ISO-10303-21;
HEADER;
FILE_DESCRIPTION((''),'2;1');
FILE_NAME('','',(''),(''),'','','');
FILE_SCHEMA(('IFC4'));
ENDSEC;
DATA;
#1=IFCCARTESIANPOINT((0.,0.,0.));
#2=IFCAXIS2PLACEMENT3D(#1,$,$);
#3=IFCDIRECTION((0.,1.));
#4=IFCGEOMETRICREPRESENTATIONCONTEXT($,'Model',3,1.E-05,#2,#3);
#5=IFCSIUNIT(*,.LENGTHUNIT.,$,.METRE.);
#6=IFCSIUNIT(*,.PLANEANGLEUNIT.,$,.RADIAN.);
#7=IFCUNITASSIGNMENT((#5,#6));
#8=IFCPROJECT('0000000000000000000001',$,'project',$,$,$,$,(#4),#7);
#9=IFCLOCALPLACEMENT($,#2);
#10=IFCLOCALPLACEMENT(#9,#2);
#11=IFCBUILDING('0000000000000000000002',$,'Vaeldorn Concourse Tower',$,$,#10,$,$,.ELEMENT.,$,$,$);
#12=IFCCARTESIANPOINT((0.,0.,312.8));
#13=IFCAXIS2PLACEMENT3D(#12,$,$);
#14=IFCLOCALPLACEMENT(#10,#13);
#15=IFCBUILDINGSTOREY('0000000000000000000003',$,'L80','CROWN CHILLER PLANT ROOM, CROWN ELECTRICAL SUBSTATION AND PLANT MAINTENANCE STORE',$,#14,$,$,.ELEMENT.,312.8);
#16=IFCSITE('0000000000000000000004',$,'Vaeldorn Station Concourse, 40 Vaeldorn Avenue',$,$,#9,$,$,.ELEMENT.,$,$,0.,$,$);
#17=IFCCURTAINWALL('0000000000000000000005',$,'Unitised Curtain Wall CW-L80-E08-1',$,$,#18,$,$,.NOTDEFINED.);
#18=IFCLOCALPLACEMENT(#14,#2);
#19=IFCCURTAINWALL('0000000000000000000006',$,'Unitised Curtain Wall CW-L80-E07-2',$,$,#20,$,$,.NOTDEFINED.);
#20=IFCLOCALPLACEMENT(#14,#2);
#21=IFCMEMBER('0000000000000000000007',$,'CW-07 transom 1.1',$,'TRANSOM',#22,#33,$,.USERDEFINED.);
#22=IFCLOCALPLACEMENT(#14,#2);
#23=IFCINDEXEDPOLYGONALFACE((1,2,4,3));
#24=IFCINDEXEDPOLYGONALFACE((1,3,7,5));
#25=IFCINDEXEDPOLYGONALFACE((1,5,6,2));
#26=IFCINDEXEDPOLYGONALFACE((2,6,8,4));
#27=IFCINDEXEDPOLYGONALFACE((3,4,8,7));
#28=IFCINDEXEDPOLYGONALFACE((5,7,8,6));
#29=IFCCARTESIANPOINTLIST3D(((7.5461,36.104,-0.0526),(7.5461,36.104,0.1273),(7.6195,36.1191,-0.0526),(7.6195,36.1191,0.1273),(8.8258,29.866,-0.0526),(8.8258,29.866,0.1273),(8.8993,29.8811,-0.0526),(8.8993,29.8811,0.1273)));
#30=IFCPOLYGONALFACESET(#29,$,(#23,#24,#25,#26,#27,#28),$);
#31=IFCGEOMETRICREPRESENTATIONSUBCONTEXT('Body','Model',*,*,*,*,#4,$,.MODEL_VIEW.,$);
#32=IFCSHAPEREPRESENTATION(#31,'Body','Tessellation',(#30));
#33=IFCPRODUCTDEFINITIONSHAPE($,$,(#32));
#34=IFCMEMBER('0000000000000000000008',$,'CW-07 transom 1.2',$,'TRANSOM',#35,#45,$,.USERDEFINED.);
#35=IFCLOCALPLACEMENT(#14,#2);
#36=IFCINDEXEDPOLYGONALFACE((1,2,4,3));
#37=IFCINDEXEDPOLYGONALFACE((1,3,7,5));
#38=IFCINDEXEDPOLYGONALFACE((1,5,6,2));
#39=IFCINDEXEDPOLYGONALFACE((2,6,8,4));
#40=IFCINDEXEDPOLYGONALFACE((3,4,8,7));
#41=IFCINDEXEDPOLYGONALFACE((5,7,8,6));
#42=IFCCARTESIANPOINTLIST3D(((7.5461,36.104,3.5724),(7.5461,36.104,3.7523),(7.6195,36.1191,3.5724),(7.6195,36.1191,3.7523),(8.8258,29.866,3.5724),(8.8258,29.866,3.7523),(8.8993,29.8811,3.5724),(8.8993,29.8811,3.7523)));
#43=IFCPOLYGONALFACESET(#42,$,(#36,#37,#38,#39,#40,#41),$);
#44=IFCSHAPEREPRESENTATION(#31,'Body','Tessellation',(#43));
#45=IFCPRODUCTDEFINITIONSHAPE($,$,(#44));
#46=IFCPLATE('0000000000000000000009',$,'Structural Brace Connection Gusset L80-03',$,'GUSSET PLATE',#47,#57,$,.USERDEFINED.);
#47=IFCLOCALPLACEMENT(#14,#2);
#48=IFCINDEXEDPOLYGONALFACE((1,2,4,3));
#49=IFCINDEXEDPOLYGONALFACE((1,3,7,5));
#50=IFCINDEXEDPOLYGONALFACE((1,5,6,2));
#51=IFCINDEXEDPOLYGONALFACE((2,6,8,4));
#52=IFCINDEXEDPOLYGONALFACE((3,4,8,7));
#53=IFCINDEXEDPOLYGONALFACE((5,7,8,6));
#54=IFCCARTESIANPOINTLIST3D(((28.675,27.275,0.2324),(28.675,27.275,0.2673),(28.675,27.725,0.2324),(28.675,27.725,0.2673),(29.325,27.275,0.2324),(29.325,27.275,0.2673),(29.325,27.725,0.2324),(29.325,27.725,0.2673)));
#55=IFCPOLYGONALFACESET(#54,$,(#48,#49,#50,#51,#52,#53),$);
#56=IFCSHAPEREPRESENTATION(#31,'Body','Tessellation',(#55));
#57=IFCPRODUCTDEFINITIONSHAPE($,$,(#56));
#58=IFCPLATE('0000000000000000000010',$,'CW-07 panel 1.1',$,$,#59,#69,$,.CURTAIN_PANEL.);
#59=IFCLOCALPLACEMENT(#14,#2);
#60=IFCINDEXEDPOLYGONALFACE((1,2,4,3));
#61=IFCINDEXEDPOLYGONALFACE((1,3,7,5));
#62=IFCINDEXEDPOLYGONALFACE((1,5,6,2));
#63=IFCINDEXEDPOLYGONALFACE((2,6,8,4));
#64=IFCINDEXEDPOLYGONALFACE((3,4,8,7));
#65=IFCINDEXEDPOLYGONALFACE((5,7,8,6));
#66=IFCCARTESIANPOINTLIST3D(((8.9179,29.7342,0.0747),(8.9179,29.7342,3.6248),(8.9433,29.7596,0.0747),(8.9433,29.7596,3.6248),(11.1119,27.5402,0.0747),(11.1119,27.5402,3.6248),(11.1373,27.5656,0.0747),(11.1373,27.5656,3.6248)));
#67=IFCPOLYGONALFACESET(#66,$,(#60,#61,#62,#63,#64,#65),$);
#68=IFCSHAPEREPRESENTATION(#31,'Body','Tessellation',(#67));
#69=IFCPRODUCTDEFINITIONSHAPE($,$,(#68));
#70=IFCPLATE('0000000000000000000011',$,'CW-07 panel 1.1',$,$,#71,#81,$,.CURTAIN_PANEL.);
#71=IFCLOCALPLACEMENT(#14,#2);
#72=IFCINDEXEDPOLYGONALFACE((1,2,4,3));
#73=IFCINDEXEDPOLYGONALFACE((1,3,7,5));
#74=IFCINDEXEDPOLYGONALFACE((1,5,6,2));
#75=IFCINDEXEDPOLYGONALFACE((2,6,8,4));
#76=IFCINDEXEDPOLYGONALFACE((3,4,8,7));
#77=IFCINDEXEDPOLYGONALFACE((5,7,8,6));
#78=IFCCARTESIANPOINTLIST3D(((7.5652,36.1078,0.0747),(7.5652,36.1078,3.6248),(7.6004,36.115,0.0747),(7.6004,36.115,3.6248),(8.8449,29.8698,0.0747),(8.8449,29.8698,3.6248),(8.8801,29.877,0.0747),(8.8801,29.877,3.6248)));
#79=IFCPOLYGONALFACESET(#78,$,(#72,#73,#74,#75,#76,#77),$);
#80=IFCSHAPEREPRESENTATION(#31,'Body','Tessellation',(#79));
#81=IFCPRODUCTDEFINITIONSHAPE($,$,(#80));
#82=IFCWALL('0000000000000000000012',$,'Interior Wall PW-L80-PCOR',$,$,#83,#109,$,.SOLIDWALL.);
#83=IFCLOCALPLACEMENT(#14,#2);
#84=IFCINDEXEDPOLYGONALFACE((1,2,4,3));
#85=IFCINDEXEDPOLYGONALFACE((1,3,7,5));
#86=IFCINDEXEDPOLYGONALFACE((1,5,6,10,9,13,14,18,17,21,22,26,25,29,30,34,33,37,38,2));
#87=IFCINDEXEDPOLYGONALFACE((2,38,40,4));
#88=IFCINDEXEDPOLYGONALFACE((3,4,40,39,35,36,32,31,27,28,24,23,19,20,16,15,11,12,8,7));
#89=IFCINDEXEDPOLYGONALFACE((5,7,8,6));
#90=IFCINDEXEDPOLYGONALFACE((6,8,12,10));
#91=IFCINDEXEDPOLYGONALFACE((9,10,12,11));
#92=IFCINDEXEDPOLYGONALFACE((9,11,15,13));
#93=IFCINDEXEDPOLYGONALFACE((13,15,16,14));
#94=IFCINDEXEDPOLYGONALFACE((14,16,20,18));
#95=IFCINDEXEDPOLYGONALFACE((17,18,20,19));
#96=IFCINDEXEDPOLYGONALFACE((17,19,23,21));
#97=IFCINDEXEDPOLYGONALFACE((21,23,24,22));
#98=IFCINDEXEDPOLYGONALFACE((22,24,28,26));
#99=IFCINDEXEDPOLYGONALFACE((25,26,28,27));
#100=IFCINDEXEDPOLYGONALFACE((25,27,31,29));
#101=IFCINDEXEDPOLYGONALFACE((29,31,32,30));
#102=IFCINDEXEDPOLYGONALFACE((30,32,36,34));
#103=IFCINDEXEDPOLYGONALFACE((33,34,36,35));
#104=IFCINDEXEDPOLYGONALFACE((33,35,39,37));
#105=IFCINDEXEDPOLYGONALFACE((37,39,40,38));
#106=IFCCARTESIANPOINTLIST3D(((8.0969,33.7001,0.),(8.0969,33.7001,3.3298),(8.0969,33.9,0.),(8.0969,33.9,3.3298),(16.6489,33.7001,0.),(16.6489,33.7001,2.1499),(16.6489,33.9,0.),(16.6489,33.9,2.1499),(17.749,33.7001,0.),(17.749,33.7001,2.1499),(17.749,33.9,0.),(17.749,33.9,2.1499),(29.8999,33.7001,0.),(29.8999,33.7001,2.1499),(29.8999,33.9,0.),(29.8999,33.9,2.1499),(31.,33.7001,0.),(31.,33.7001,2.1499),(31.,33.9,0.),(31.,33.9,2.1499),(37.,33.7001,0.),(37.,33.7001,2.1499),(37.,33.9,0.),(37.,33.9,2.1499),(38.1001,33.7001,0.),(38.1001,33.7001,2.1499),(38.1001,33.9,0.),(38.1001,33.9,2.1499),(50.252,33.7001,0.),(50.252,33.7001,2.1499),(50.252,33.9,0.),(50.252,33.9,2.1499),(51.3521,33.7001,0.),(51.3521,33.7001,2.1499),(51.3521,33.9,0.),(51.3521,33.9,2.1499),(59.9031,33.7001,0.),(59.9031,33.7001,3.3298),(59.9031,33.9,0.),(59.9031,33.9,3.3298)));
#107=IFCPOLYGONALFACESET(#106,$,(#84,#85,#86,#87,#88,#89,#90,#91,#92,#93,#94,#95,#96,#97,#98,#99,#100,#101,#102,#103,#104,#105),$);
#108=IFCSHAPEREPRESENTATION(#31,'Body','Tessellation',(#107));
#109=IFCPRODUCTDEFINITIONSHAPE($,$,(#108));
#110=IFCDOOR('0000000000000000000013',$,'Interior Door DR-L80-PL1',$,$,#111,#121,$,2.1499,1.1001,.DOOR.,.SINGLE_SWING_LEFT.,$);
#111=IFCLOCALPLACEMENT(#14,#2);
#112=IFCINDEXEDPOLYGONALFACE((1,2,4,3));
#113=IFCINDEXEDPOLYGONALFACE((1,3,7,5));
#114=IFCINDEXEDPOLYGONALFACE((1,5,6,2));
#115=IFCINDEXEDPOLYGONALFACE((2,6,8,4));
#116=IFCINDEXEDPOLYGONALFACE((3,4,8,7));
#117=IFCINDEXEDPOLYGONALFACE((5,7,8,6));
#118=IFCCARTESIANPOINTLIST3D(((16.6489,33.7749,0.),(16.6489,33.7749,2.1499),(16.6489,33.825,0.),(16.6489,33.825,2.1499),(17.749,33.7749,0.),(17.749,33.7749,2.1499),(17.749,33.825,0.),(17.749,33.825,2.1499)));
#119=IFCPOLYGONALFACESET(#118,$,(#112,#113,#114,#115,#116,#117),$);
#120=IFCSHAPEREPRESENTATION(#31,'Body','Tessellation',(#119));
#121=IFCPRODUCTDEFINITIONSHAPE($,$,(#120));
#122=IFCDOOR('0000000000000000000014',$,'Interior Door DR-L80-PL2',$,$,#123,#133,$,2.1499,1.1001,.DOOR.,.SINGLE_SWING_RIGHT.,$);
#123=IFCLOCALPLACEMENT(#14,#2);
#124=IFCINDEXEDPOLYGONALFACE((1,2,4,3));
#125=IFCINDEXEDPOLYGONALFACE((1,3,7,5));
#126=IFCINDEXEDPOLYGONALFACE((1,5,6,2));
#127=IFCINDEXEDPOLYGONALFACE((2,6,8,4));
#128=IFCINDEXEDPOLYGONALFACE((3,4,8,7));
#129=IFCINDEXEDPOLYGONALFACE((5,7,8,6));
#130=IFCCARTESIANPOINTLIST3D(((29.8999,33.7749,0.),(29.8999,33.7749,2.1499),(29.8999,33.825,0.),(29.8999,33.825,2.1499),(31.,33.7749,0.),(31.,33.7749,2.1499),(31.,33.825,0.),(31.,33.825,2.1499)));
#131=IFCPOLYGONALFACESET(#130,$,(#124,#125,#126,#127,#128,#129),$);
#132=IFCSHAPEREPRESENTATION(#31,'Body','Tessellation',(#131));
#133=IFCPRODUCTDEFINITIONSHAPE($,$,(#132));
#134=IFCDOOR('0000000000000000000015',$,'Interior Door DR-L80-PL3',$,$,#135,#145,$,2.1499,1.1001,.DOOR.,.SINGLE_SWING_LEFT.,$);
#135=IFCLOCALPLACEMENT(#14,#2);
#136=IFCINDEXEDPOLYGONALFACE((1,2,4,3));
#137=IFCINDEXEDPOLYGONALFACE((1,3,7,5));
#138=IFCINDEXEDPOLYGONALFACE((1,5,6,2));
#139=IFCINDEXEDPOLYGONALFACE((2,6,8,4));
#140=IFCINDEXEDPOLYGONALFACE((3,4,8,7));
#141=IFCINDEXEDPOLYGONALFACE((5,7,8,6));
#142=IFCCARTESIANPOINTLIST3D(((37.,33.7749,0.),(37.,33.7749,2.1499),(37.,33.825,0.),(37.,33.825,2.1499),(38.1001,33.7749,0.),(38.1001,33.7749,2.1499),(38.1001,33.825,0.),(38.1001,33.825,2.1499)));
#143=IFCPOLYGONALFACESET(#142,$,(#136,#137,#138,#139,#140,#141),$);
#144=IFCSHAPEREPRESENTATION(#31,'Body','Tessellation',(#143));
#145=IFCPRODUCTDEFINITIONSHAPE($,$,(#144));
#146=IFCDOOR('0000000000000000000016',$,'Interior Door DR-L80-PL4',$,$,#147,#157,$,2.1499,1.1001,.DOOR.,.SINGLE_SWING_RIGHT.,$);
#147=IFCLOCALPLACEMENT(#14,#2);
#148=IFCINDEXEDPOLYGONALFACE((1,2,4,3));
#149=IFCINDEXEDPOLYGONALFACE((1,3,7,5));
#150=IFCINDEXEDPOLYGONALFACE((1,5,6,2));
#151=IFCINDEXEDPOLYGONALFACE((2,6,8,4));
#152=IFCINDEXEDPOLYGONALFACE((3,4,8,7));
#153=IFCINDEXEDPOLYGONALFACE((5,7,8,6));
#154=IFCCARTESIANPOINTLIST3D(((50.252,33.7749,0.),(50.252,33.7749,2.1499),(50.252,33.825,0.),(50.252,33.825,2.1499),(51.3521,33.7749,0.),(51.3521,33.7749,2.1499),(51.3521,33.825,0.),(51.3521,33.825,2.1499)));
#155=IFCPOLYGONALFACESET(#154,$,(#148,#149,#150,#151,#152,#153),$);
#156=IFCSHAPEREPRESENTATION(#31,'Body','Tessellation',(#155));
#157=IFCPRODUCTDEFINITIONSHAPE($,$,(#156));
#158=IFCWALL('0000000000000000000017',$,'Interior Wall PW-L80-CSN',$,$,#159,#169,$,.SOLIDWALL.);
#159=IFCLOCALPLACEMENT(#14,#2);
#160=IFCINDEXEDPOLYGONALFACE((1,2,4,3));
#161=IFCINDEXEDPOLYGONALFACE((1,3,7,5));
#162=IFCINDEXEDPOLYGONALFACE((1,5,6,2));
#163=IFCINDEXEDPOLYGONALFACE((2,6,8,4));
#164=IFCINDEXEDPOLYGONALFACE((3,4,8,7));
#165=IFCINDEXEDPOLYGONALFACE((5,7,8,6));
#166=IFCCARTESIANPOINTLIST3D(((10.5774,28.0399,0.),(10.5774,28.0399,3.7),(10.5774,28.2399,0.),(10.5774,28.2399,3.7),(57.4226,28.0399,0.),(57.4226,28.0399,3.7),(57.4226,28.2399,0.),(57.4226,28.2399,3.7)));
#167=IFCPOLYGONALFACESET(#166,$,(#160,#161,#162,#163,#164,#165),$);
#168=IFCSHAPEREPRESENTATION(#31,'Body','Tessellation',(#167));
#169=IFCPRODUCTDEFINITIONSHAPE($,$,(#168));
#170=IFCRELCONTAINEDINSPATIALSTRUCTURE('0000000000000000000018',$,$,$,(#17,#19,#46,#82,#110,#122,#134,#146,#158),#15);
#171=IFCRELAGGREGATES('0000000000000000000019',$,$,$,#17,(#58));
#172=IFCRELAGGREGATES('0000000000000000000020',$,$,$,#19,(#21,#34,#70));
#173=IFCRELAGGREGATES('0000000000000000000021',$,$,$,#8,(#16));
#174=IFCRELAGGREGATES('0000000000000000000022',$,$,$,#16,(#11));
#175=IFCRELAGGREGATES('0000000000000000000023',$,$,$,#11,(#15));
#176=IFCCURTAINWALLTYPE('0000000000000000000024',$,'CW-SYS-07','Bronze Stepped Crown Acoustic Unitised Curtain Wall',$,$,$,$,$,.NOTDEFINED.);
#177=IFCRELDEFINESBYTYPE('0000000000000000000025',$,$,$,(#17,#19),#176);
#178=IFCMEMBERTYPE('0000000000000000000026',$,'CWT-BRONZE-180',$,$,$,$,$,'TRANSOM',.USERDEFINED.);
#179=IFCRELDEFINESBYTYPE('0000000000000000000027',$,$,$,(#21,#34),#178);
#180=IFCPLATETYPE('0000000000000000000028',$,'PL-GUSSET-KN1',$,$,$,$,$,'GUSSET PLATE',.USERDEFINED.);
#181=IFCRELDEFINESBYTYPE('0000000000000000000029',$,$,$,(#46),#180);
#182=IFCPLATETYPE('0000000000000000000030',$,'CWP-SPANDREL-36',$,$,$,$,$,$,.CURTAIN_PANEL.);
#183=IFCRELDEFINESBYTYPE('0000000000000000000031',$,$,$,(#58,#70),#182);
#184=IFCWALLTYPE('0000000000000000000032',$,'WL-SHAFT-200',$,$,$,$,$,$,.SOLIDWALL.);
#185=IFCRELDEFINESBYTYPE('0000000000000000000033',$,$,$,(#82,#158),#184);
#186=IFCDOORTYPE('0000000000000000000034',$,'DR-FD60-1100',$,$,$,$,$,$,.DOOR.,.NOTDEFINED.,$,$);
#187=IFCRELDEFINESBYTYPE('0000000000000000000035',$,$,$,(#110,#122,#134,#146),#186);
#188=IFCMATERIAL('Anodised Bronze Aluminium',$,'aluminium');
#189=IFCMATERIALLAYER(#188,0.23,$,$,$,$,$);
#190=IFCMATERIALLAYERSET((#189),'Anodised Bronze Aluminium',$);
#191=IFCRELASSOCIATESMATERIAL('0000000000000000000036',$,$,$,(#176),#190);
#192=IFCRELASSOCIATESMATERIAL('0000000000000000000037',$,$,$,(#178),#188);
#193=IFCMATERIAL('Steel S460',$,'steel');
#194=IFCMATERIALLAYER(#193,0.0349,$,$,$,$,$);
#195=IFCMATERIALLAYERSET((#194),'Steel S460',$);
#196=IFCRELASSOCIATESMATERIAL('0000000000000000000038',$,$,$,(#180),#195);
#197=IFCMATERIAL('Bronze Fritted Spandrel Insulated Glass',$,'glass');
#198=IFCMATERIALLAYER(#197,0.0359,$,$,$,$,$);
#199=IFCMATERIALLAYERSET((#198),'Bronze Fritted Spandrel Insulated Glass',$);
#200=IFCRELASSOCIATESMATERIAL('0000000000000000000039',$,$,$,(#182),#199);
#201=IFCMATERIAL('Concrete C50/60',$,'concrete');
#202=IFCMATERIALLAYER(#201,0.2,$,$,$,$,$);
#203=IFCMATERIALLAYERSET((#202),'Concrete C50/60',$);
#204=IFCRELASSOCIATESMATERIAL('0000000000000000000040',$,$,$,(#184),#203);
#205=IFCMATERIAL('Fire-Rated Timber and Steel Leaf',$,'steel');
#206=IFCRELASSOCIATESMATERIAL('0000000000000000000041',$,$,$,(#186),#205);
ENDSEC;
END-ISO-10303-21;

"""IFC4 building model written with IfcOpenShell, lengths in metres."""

from ifc_helpers import new_model, si_unit, direction, frame, frame_2d, origin, origin_2d, place, context, subcontext, project, spatial, rectangle, extrude, source, transform, mapped, material, layer, layer_set, material_profile, profile_set, type_object, element, fill, aggregate, save


model = new_model("IFC4")

# Units and contexts
model_context = context("Model", 3, precision=1e-05, world=origin(), true_north=direction((0.0, 1.0)))
body_context = subcontext(model_context, "Body", "Model", "MODEL_VIEW")
ifc_project = project(units=[si_unit("LENGTHUNIT", "METRE"), si_unit("PLANEANGLEUNIT", "RADIAN")], contexts=[model_context])

# Site, building, storey
site_placement = place(None, origin())
site = spatial("IfcSite", under=ifc_project, at=site_placement, Name="Vaeldorn Station Concourse, 40 Vaeldorn Avenue", CompositionType="ELEMENT", RefElevation=0.0)
building_placement = place(site_placement, origin())
building = spatial("IfcBuilding", under=site, at=building_placement, Name="Vaeldorn Concourse Tower", CompositionType="ELEMENT")
storey_placement = place(building_placement, frame((0.0, 0.0, 312.8)))
storey = spatial("IfcBuildingStorey", under=building, at=storey_placement, Name="L80", Description="CROWN CHILLER PLANT ROOM, CROWN ELECTRICAL SUBSTATION AND PLANT MAINTENANCE STORE", CompositionType="ELEMENT", Elevation=312.8)

# Shared definitions
ifc_material_1 = material(Name="Concrete C50/60", Category="concrete")

# Curtain wall
ifc_material_2 = material(Name="Anodised Bronze Aluminium", Category="aluminium")
ifc_layer_1 = layer(ifc_material_2, 0.23)
ifc_layer_set_1 = layer_set([ifc_layer_1], Name="Anodised Bronze Aluminium")
curtain_wall_type = type_object("IfcCurtainWallType", Name="CW-SYS-07", Description="Bronze Stepped Crown Acoustic Unitised Curtain Wall", PredefinedType="NOTDEFINED", material=ifc_layer_set_1)
curtain_wall_1_placement = place(storey_placement, origin())
curtain_wall_1 = element("IfcCurtainWall", 1, at=curtain_wall_1_placement, inside=storey, type_object=curtain_wall_type, Name="Unitised Curtain Wall CW-L80-E08-1", PredefinedType="NOTDEFINED")
ifc_material_profile_1 = material_profile(ifc_material_2, rectangle(XDim=0.075, YDim=0.1799, at=origin_2d()), Name="CWT 75x180")
ifc_profile_set_1 = profile_set([ifc_material_profile_1], Name="Anodised Bronze Aluminium")
member_type_1 = type_object("IfcMemberType", Name="CWT-BRONZE-180", ElementType="TRANSOM", PredefinedType="USERDEFINED", material=ifc_profile_set_1)

# Curtain wall
curtain_wall_2_placement = place(storey_placement, origin())
curtain_wall_2 = element("IfcCurtainWall", 2, at=curtain_wall_2_placement, inside=storey, type_object=curtain_wall_type, Name="Unitised Curtain Wall CW-L80-E07-2", PredefinedType="NOTDEFINED")

# Members
shared_shape_1 = source(origin(), body_context, "Body", "SweptSolid", [
    extrude(rectangle(XDim=0.075, YDim=0.1799, at=origin_2d()), origin(), (0.0, 0.0, 1.0), 6.3679),
])
member_1_placement = place(storey_placement, frame((7.5828, 36.1116, 0.0374), z_axis=(0.200972, -0.979597, 0.0), x_axis=(0.979597, 0.200972, 0.0)))
member_1 = element("IfcMember", 3, at=member_1_placement, type_object=member_type_1, Name="CW-07 transom 1.1", ObjectType="TRANSOM", PredefinedType="USERDEFINED", context=body_context, shape_type="MappedRepresentation", body=[
    mapped(shared_shape_1, transform((0.0, 0.0, 0.0), scale=1.0)),
])
member_2_placement = place(storey_placement, frame((7.5828, 36.1116, 3.6624), z_axis=(0.200972, -0.979597, 0.0), x_axis=(0.979597, 0.200972, 0.0)))
member_2 = element("IfcMember", 4, at=member_2_placement, type_object=member_type_1, Name="CW-07 transom 1.2", ObjectType="TRANSOM", PredefinedType="USERDEFINED", context=body_context, shape_type="MappedRepresentation", body=[
    mapped(shared_shape_1, transform((0.0, 0.0, 0.0), scale=1.0)),
])

# Plates
ifc_material_3 = material(Name="Steel S460", Category="steel")
ifc_layer_2 = layer(ifc_material_3, 0.0349)
ifc_layer_set_2 = layer_set([ifc_layer_2], Name="Steel S460")
plate_type_1 = type_object("IfcPlateType", Name="PL-GUSSET-KN1", ElementType="GUSSET PLATE", PredefinedType="USERDEFINED", material=ifc_layer_set_2)
shared_shape_2 = source(origin(), body_context, "Body", "SweptSolid", [
    extrude(rectangle(XDim=0.6499, YDim=0.45, at=origin_2d()), origin(), (0.0, 0.0, 1.0), 0.0349),
])
plate_1_placement = place(storey_placement, frame((29.0, 27.5, 0.2324), z_axis=(0.0, 0.0, 1.0), x_axis=(1.0, 0.0, 0.0)))
element("IfcPlate", 5, at=plate_1_placement, inside=storey, type_object=plate_type_1, Name="Structural Brace Connection Gusset L80-03", ObjectType="GUSSET PLATE", PredefinedType="USERDEFINED", context=body_context, shape_type="MappedRepresentation", body=[
    mapped(shared_shape_2, transform((0.0, 0.0, 0.0), scale=1.0)),
])
ifc_material_4 = material(Name="Bronze Fritted Spandrel Insulated Glass", Category="glass")
ifc_layer_3 = layer(ifc_material_4, 0.0359)
ifc_layer_set_3 = layer_set([ifc_layer_3], Name="Bronze Fritted Spandrel Insulated Glass")
plate_type_2 = type_object("IfcPlateType", Name="CWP-SPANDREL-36", PredefinedType="CURTAIN_PANEL", material=ifc_layer_set_3)
shared_shape_3 = source(origin(), body_context, "Body", "SweptSolid", [
    extrude(rectangle(XDim=3.1028, YDim=0.0359, at=origin_2d()), origin(), (0.0, 0.0, 1.0), 3.55),
])
plate_2_placement = place(storey_placement, frame((10.0276, 28.6499, 0.0747), z_axis=(0.0, 0.0, 1.0), x_axis=(0.707107, -0.707107, 0.0)))
plate_2 = element("IfcPlate", 6, at=plate_2_placement, type_object=plate_type_2, Name="CW-07 panel 1.1", PredefinedType="CURTAIN_PANEL", context=body_context, shape_type="MappedRepresentation", body=[
    mapped(shared_shape_3, transform((0.0, 0.0, 0.0), scale=1.0)),
])
aggregate(curtain_wall_1, [plate_2])
shared_shape_4 = source(origin(), body_context, "Body", "SweptSolid", [
    extrude(rectangle(XDim=6.3679, YDim=0.0359, at=origin_2d()), origin(), (0.0, 0.0, 1.0), 3.55),
])
plate_3_placement = place(storey_placement, frame((8.2227, 32.9924, 0.0747), z_axis=(0.0, 0.0, 1.0), x_axis=(0.200967, -0.979598, 0.0)))
plate_3 = element("IfcPlate", 7, at=plate_3_placement, type_object=plate_type_2, Name="CW-07 panel 1.1", PredefinedType="CURTAIN_PANEL", context=body_context, shape_type="MappedRepresentation", body=[
    mapped(shared_shape_4, transform((0.0, 0.0, 0.0), scale=1.0)),
])
aggregate(curtain_wall_2, [member_1, member_2, plate_3])

# Wall, openings, doors
ifc_layer_4 = layer(ifc_material_1, 0.2)
ifc_layer_set_4 = layer_set([ifc_layer_4], Name="Concrete C50/60")
wall_type = type_object("IfcWallType", Name="WL-SHAFT-200", PredefinedType="SOLIDWALL", material=ifc_layer_set_4)
wall_1_placement = place(storey_placement, frame((8.0969, 33.8, 0.0), z_axis=(0.0, 0.0, 1.0), x_axis=(1.0, 0.0, 0.0)))
wall_1 = element("IfcWall", 8, at=wall_1_placement, inside=storey, type_object=wall_type, Name="Interior Wall PW-L80-PCOR", PredefinedType="SOLIDWALL", context=body_context, shape_type="SweptSolid", body=[
    extrude(rectangle(XDim=51.8062, YDim=0.2, at=frame_2d((25.9031, 0.0))), origin(), (0.0, 0.0, 1.0), 3.3298),
])
opening_1_placement = place(wall_1_placement, frame((8.552, 0.0, 0.0)))
opening_1 = element("IfcOpeningElement", 9, at=opening_1_placement, cuts=wall_1, PredefinedType="OPENING", context=body_context, shape_type="SweptSolid", body=[
    extrude(rectangle(XDim=1.1001, YDim=2.1499, at=frame_2d((0.55, 1.075))), frame((0.0, 0.1099, 0.0), z_axis=(0.0, -1.0, 0.0), x_axis=(1.0, 0.0, 0.0)), (0.0, 0.0, 1.0), 0.22),
])
opening_2_placement = place(wall_1_placement, frame((21.803, 0.0, 0.0)))
opening_2 = element("IfcOpeningElement", 10, at=opening_2_placement, cuts=wall_1, PredefinedType="OPENING", context=body_context, shape_type="SweptSolid", body=[
    extrude(rectangle(XDim=1.1001, YDim=2.1499, at=frame_2d((0.55, 1.075))), frame((0.0, 0.1099, 0.0), z_axis=(0.0, -1.0, 0.0), x_axis=(1.0, 0.0, 0.0)), (0.0, 0.0, 1.0), 0.22),
])
opening_3_placement = place(wall_1_placement, frame((28.9031, 0.0, 0.0)))
opening_3 = element("IfcOpeningElement", 11, at=opening_3_placement, cuts=wall_1, PredefinedType="OPENING", context=body_context, shape_type="SweptSolid", body=[
    extrude(rectangle(XDim=1.1001, YDim=2.1499, at=frame_2d((0.55, 1.075))), frame((0.0, 0.1099, 0.0), z_axis=(0.0, -1.0, 0.0), x_axis=(1.0, 0.0, 0.0)), (0.0, 0.0, 1.0), 0.22),
])
opening_4_placement = place(wall_1_placement, frame((42.155, 0.0, 0.0)))
opening_4 = element("IfcOpeningElement", 12, at=opening_4_placement, cuts=wall_1, PredefinedType="OPENING", context=body_context, shape_type="SweptSolid", body=[
    extrude(rectangle(XDim=1.1001, YDim=2.1499, at=frame_2d((0.55, 1.075))), frame((0.0, 0.1099, 0.0), z_axis=(0.0, -1.0, 0.0), x_axis=(1.0, 0.0, 0.0)), (0.0, 0.0, 1.0), 0.22),
])
ifc_material_5 = material(Name="Fire-Rated Timber and Steel Leaf", Category="steel")
door_type = type_object("IfcDoorType", Name="DR-FD60-1100", OperationType="NOTDEFINED", PredefinedType="DOOR", material=ifc_material_5)
shared_shape_5 = source(origin(), body_context, "Body", "SweptSolid", [
    extrude(rectangle(XDim=1.1001, YDim=2.1499, at=frame_2d((0.55, 1.075))), frame((0.0, 0.0249, 0.0), z_axis=(0.0, -1.0, 0.0), x_axis=(1.0, 0.0, 0.0)), (0.0, 0.0, 1.0), 0.05),
])
door_1_placement = place(opening_1_placement, origin())
door_1 = element("IfcDoor", 13, at=door_1_placement, inside=storey, type_object=door_type, Name="Interior Door DR-L80-PL1", OperationType="SINGLE_SWING_LEFT", OverallHeight=2.1499, OverallWidth=1.1001, PredefinedType="DOOR", context=body_context, shape_type="MappedRepresentation", body=[
    mapped(shared_shape_5, transform((0.0, 0.0, 0.0), scale=1.0)),
])
fill(opening_1, door_1)
door_2_placement = place(opening_2_placement, origin())
door_2 = element("IfcDoor", 14, at=door_2_placement, inside=storey, type_object=door_type, Name="Interior Door DR-L80-PL2", OperationType="SINGLE_SWING_RIGHT", OverallHeight=2.1499, OverallWidth=1.1001, PredefinedType="DOOR", context=body_context, shape_type="MappedRepresentation", body=[
    mapped(shared_shape_5, transform((0.0, 0.0, 0.0), scale=1.0)),
])
fill(opening_2, door_2)
door_3_placement = place(opening_3_placement, origin())
door_3 = element("IfcDoor", 15, at=door_3_placement, inside=storey, type_object=door_type, Name="Interior Door DR-L80-PL3", OperationType="SINGLE_SWING_LEFT", OverallHeight=2.1499, OverallWidth=1.1001, PredefinedType="DOOR", context=body_context, shape_type="MappedRepresentation", body=[
    mapped(shared_shape_5, transform((0.0, 0.0, 0.0), scale=1.0)),
])
fill(opening_3, door_3)
door_4_placement = place(opening_4_placement, origin())
door_4 = element("IfcDoor", 16, at=door_4_placement, inside=storey, type_object=door_type, Name="Interior Door DR-L80-PL4", OperationType="SINGLE_SWING_RIGHT", OverallHeight=2.1499, OverallWidth=1.1001, PredefinedType="DOOR", context=body_context, shape_type="MappedRepresentation", body=[
    mapped(shared_shape_5, transform((0.0, 0.0, 0.0), scale=1.0)),
])
fill(opening_4, door_4)

# Wall
wall_2_placement = place(storey_placement, frame((10.5774, 28.1399, 0.0), z_axis=(0.0, 0.0, 1.0), x_axis=(1.0, 0.0, 0.0)))
element("IfcWall", 17, at=wall_2_placement, inside=storey, type_object=wall_type, Name="Interior Wall PW-L80-CSN", PredefinedType="SOLIDWALL", context=body_context, shape_type="SweptSolid", body=[
    extrude(rectangle(XDim=46.8452, YDim=0.2, at=frame_2d((23.4226, 0.0))), origin(), (0.0, 0.0, 1.0), 3.7),
])

save(model, "model.ifc")
